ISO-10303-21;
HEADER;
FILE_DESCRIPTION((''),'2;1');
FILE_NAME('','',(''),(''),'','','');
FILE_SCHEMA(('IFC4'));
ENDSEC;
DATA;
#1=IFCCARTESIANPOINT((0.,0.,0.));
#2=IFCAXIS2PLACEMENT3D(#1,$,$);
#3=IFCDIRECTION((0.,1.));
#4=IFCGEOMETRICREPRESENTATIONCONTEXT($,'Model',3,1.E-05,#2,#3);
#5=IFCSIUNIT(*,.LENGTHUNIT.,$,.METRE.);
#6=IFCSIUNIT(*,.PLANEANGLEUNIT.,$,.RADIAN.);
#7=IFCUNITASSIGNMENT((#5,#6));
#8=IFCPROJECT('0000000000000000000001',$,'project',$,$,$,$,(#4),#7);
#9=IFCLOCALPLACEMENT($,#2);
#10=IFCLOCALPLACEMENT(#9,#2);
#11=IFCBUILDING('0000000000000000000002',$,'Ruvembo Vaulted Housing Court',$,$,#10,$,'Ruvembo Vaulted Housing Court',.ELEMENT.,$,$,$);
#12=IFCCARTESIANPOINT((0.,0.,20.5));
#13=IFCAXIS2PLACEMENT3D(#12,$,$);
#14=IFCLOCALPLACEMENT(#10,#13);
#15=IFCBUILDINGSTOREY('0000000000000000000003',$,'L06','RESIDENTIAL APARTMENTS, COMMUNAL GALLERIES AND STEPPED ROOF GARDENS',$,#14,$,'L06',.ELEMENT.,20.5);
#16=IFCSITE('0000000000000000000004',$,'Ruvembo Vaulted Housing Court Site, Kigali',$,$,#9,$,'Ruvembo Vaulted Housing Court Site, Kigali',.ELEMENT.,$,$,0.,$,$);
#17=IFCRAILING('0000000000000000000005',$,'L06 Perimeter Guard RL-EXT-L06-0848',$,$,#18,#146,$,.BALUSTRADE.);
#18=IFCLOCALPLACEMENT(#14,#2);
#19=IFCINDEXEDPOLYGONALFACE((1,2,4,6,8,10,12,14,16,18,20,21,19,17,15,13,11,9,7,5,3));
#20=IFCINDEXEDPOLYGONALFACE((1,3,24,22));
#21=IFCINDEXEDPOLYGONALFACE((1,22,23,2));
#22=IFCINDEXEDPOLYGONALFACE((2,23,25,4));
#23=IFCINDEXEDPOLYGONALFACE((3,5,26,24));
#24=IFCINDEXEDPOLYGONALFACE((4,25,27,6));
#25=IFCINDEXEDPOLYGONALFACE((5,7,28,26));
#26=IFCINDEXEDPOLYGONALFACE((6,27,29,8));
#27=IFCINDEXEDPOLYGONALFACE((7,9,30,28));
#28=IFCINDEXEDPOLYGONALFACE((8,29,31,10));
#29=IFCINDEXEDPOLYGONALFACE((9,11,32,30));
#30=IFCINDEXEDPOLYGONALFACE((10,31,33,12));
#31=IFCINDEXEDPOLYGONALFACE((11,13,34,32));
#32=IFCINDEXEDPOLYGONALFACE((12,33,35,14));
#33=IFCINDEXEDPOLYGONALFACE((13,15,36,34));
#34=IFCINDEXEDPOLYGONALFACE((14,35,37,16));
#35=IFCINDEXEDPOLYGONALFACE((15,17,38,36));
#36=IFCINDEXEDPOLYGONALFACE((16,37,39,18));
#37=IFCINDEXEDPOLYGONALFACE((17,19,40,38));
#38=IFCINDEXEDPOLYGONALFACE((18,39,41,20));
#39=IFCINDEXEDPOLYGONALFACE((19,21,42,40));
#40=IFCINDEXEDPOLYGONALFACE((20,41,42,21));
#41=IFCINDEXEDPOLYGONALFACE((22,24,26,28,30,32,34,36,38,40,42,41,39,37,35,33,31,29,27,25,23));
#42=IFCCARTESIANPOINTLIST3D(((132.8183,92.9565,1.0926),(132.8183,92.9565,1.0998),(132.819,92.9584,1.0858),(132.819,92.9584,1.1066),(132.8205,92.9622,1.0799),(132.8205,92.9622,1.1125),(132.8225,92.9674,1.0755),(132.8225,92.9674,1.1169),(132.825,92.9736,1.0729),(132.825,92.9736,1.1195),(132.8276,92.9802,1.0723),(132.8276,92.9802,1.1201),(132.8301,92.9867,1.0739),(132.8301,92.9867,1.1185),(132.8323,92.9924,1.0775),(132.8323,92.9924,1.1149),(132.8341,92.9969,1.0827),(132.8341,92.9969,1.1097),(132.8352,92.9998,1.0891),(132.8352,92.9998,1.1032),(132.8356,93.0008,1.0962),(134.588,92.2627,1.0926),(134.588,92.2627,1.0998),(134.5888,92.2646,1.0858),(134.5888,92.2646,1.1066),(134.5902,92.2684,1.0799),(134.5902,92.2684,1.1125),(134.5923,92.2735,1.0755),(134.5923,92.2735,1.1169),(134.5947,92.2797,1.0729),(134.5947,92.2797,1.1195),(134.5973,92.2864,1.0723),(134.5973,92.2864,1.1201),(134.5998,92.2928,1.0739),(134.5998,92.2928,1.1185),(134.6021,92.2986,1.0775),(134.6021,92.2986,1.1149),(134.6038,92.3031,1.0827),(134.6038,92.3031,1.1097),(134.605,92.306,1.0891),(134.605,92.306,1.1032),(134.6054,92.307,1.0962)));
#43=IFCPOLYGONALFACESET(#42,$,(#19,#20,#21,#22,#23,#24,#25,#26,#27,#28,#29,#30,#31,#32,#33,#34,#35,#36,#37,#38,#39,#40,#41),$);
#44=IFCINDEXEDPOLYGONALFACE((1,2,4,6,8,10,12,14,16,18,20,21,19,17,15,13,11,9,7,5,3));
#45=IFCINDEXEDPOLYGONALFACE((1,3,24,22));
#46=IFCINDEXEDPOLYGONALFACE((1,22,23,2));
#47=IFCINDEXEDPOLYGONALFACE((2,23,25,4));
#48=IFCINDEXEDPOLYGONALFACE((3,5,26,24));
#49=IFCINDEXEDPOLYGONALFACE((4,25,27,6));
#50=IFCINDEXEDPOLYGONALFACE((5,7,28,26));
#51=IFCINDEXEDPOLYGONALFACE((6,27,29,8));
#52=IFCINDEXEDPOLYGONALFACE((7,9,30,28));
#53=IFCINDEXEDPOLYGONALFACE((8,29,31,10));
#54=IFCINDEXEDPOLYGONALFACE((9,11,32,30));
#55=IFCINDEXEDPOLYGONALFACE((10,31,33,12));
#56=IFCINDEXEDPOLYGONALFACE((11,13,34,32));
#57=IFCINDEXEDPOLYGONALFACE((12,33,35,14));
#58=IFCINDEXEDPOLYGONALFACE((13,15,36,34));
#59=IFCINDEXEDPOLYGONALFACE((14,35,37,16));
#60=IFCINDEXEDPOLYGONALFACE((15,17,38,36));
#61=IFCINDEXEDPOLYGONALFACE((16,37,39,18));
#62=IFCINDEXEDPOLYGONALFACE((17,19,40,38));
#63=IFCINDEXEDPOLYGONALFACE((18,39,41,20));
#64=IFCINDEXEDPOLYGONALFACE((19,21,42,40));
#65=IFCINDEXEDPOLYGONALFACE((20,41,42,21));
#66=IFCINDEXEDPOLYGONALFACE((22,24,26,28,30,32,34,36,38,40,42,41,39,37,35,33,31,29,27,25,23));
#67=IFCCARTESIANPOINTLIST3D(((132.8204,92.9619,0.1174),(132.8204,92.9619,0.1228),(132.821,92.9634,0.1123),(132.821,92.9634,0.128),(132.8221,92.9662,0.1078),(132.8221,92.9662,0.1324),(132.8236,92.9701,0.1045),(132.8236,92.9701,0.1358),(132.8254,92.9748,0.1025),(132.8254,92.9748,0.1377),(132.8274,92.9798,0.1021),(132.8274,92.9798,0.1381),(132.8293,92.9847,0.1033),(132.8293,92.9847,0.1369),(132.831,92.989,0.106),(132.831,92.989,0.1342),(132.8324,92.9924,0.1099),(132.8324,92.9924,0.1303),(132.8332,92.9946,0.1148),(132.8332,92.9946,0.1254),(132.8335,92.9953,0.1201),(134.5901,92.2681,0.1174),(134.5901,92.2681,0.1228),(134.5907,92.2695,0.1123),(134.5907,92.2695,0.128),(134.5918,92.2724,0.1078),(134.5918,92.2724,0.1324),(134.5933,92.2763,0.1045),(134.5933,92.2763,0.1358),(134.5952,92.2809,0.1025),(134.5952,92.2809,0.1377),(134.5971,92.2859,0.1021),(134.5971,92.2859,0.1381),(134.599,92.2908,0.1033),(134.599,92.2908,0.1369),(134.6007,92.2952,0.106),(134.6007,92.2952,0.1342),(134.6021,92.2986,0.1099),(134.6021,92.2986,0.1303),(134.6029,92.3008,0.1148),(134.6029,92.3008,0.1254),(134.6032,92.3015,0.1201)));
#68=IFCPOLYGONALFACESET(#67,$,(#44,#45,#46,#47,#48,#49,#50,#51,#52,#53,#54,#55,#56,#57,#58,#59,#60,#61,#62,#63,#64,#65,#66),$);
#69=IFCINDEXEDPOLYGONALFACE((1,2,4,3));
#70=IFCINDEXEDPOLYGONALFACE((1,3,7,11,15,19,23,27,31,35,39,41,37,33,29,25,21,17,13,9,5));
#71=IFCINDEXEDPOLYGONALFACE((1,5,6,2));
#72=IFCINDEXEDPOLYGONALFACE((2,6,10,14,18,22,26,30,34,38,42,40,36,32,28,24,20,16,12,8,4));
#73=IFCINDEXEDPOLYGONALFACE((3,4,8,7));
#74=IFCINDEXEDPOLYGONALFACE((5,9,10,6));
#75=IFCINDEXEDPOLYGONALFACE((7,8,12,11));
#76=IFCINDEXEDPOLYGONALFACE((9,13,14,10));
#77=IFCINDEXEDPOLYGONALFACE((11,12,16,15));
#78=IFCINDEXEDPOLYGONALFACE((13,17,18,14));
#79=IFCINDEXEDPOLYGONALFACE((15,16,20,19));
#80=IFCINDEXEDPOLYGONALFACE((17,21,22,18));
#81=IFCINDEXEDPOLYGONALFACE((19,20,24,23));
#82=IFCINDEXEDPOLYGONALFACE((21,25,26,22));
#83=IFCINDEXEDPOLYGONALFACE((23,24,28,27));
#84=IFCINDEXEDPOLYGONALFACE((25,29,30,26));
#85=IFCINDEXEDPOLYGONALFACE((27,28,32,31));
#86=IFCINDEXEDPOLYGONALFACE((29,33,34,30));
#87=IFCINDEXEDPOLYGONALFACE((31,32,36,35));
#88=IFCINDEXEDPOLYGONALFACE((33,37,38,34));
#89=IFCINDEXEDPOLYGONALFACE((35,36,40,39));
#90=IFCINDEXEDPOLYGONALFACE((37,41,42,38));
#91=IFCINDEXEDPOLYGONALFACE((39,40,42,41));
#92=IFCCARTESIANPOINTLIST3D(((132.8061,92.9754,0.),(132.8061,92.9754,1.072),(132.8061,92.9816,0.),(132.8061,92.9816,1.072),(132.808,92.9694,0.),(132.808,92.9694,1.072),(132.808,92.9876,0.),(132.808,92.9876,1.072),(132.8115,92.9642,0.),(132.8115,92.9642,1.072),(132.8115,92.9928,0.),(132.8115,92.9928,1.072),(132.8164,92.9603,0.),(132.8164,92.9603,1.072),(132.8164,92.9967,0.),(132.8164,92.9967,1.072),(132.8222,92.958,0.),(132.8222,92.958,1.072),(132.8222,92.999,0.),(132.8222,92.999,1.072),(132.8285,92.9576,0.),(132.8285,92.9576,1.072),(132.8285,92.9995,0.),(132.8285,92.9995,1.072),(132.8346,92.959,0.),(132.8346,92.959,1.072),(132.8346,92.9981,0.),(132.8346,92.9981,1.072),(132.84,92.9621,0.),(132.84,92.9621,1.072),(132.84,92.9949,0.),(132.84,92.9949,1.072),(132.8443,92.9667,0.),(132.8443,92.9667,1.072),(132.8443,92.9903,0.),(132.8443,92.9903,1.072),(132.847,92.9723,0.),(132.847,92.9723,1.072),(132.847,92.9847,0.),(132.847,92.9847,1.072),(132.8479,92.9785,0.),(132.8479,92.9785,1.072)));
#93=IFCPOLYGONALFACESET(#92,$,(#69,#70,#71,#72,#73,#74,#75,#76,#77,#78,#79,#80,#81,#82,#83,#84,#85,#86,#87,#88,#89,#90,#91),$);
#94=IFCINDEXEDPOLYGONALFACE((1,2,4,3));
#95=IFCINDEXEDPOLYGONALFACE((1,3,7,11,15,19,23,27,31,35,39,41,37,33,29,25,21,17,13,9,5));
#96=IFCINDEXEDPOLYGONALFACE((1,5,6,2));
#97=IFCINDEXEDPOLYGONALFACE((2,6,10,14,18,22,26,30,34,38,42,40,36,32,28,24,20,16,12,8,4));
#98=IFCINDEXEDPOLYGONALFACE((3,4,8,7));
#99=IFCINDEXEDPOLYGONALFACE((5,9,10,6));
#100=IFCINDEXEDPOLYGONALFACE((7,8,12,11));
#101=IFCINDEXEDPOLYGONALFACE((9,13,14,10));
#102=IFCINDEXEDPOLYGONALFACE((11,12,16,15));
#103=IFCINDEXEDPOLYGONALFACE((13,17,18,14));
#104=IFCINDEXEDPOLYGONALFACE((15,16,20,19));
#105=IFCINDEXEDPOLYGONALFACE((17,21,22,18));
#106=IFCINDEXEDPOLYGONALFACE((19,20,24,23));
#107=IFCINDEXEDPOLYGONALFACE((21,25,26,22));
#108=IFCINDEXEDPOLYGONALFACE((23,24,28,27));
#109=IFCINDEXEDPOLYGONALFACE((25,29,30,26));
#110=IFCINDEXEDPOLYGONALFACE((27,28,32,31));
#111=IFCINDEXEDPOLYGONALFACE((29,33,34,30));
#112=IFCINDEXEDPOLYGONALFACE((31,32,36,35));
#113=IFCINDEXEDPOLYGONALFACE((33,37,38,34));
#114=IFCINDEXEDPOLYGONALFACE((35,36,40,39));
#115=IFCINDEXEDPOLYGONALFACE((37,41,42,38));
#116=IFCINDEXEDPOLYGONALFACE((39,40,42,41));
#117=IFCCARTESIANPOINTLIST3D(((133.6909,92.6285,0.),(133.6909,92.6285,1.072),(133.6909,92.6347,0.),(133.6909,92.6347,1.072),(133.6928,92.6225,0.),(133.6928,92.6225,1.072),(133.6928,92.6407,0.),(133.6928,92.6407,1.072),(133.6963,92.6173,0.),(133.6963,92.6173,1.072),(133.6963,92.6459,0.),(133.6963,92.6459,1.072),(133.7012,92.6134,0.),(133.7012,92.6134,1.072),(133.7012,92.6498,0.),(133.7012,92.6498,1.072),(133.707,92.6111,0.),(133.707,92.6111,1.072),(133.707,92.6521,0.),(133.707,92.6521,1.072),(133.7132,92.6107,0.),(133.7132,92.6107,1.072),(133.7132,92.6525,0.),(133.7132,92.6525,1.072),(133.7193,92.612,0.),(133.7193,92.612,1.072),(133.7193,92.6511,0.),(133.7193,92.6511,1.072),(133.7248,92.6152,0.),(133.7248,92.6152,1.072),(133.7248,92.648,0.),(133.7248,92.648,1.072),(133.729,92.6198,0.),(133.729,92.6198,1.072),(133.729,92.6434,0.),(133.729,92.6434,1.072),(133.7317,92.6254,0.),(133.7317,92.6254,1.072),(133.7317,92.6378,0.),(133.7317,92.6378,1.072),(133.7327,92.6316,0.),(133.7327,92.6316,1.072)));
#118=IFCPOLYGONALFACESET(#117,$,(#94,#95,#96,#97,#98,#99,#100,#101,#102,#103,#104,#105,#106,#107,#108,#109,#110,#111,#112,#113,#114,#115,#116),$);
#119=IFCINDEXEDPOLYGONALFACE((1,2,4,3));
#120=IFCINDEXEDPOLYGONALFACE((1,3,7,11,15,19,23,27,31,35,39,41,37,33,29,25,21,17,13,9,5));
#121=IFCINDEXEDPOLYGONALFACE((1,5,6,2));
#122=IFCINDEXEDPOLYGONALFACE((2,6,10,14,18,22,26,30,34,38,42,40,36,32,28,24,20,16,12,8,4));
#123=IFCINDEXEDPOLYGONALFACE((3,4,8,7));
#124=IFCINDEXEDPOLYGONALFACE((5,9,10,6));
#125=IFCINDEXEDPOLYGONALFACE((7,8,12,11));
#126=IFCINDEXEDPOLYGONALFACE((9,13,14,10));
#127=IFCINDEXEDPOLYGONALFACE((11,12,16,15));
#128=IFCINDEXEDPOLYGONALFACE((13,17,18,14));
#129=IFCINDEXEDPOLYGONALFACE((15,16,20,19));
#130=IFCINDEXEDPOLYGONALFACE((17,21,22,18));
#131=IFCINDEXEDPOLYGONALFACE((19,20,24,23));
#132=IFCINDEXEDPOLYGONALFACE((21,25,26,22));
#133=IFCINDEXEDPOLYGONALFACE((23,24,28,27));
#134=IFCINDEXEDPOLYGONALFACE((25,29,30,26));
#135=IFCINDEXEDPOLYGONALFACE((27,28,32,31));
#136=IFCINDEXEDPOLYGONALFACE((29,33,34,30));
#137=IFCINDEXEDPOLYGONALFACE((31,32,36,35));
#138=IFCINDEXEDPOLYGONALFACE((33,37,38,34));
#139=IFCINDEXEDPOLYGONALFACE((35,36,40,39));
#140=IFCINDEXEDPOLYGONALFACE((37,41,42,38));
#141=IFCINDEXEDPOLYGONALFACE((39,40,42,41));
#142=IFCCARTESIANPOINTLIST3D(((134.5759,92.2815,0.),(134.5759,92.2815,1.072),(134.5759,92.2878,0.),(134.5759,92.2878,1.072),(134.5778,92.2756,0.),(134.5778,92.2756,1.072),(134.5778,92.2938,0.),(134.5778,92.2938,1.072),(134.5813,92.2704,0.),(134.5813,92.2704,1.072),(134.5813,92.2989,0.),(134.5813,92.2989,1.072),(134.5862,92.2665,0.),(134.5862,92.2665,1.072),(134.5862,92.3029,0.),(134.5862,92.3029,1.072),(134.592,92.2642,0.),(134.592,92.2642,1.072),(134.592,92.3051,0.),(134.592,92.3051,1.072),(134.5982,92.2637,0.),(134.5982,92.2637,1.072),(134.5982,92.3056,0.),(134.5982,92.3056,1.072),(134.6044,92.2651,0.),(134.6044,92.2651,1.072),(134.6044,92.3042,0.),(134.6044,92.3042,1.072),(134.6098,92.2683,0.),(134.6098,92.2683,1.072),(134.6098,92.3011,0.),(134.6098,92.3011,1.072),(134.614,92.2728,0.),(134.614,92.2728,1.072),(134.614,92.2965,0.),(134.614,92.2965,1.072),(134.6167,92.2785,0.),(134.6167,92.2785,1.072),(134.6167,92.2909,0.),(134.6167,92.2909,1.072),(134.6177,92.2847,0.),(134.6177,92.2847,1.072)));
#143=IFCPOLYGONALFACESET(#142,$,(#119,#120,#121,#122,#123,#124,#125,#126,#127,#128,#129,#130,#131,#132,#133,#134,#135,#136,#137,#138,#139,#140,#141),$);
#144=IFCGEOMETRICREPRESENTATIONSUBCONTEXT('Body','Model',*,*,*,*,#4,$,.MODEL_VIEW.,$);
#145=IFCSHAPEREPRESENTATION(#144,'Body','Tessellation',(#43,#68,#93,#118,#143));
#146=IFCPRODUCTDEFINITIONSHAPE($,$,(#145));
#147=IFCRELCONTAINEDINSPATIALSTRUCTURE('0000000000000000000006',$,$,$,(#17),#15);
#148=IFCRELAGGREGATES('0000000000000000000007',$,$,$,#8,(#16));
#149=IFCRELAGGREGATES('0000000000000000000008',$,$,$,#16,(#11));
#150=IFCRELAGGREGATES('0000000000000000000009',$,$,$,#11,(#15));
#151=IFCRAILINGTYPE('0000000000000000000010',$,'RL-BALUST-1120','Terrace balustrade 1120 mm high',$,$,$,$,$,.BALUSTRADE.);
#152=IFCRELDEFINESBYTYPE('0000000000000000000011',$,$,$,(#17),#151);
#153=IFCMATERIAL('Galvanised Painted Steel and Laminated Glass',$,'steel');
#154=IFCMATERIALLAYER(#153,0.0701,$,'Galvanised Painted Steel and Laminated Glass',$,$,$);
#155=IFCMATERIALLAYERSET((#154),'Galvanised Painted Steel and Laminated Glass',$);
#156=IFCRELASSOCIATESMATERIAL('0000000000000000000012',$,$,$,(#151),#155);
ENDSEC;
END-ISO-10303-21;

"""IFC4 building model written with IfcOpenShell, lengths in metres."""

from ifc_helpers import new_model, si_unit, direction, frame, origin, origin_2d, place, context, subcontext, project, spatial, circle, extrude, material, layer, layer_set, type_object, element, save


model = new_model("IFC4")

# Units and contexts
model_context = context("Model", 3, precision=1e-05, world=origin(), true_north=direction((0.0, 1.0)))
body_context = subcontext(model_context, "Body", "Model", "MODEL_VIEW")
ifc_project = project(units=[si_unit("LENGTHUNIT", "METRE"), si_unit("PLANEANGLEUNIT", "RADIAN")], contexts=[model_context])

# Site, building, storey
site_placement = place(None, origin())
site = spatial("IfcSite", under=ifc_project, at=site_placement, Name="Ruvembo Vaulted Housing Court Site, Kigali", LongName="Ruvembo Vaulted Housing Court Site, Kigali", CompositionType="ELEMENT", RefElevation=0.0)
building_placement = place(site_placement, origin())
building = spatial("IfcBuilding", under=site, at=building_placement, Name="Ruvembo Vaulted Housing Court", LongName="Ruvembo Vaulted Housing Court", CompositionType="ELEMENT")
storey_placement = place(building_placement, frame((0.0, 0.0, 20.5)))
storey = spatial("IfcBuildingStorey", under=building, at=storey_placement, Name="L06", Description="RESIDENTIAL APARTMENTS, COMMUNAL GALLERIES AND STEPPED ROOF GARDENS", LongName="L06", CompositionType="ELEMENT", Elevation=20.5)

# Railing
ifc_material_1 = material(Name="Galvanised Painted Steel and Laminated Glass", Category="steel")
ifc_layer = layer(ifc_material_1, 0.0701, Name="Galvanised Painted Steel and Laminated Glass")
ifc_layer_set = layer_set([ifc_layer], Name="Galvanised Painted Steel and Laminated Glass")
railing_type = type_object("IfcRailingType", Name="RL-BALUST-1120", Description="Terrace balustrade 1120 mm high", PredefinedType="BALUSTRADE", material=ifc_layer_set)
railing_1_placement = place(storey_placement, frame((132.8269, 92.9785, 0.0)))
element("IfcRailing", 1, at=railing_1_placement, inside=storey, type_object=railing_type, Name="L06 Perimeter Guard RL-EXT-L06-0848", PredefinedType="BALUSTRADE", context=body_context, shape_type="SweptSolid", body=[
    extrude(circle(Radius=0.0239, at=origin_2d()), frame((0.0, 0.0, 1.0962), z_axis=(0.931006, -0.365005, 0.0), x_axis=(0.365005, 0.931006, 0.0)), (0.0, 0.0, 1.0), 1.9009),
    extrude(circle(Radius=0.0181, at=origin_2d()), frame((0.0, 0.0, 0.1201), z_axis=(0.931006, -0.365005, 0.0), x_axis=(0.365005, 0.931006, 0.0)), (0.0, 0.0, 1.0), 1.9009),
    extrude(circle(Radius=0.021, at=origin_2d()), origin(), (0.0, 0.0, 1.0), 1.072),
    extrude(circle(Radius=0.021, at=origin_2d()), frame((0.8848, -0.3469, 0.0)), (0.0, 0.0, 1.0), 1.072),
    extrude(circle(Radius=0.021, at=origin_2d()), frame((1.7698, -0.6938, 0.0)), (0.0, 0.0, 1.0), 1.072),
])

save(model, "model.ifc")
